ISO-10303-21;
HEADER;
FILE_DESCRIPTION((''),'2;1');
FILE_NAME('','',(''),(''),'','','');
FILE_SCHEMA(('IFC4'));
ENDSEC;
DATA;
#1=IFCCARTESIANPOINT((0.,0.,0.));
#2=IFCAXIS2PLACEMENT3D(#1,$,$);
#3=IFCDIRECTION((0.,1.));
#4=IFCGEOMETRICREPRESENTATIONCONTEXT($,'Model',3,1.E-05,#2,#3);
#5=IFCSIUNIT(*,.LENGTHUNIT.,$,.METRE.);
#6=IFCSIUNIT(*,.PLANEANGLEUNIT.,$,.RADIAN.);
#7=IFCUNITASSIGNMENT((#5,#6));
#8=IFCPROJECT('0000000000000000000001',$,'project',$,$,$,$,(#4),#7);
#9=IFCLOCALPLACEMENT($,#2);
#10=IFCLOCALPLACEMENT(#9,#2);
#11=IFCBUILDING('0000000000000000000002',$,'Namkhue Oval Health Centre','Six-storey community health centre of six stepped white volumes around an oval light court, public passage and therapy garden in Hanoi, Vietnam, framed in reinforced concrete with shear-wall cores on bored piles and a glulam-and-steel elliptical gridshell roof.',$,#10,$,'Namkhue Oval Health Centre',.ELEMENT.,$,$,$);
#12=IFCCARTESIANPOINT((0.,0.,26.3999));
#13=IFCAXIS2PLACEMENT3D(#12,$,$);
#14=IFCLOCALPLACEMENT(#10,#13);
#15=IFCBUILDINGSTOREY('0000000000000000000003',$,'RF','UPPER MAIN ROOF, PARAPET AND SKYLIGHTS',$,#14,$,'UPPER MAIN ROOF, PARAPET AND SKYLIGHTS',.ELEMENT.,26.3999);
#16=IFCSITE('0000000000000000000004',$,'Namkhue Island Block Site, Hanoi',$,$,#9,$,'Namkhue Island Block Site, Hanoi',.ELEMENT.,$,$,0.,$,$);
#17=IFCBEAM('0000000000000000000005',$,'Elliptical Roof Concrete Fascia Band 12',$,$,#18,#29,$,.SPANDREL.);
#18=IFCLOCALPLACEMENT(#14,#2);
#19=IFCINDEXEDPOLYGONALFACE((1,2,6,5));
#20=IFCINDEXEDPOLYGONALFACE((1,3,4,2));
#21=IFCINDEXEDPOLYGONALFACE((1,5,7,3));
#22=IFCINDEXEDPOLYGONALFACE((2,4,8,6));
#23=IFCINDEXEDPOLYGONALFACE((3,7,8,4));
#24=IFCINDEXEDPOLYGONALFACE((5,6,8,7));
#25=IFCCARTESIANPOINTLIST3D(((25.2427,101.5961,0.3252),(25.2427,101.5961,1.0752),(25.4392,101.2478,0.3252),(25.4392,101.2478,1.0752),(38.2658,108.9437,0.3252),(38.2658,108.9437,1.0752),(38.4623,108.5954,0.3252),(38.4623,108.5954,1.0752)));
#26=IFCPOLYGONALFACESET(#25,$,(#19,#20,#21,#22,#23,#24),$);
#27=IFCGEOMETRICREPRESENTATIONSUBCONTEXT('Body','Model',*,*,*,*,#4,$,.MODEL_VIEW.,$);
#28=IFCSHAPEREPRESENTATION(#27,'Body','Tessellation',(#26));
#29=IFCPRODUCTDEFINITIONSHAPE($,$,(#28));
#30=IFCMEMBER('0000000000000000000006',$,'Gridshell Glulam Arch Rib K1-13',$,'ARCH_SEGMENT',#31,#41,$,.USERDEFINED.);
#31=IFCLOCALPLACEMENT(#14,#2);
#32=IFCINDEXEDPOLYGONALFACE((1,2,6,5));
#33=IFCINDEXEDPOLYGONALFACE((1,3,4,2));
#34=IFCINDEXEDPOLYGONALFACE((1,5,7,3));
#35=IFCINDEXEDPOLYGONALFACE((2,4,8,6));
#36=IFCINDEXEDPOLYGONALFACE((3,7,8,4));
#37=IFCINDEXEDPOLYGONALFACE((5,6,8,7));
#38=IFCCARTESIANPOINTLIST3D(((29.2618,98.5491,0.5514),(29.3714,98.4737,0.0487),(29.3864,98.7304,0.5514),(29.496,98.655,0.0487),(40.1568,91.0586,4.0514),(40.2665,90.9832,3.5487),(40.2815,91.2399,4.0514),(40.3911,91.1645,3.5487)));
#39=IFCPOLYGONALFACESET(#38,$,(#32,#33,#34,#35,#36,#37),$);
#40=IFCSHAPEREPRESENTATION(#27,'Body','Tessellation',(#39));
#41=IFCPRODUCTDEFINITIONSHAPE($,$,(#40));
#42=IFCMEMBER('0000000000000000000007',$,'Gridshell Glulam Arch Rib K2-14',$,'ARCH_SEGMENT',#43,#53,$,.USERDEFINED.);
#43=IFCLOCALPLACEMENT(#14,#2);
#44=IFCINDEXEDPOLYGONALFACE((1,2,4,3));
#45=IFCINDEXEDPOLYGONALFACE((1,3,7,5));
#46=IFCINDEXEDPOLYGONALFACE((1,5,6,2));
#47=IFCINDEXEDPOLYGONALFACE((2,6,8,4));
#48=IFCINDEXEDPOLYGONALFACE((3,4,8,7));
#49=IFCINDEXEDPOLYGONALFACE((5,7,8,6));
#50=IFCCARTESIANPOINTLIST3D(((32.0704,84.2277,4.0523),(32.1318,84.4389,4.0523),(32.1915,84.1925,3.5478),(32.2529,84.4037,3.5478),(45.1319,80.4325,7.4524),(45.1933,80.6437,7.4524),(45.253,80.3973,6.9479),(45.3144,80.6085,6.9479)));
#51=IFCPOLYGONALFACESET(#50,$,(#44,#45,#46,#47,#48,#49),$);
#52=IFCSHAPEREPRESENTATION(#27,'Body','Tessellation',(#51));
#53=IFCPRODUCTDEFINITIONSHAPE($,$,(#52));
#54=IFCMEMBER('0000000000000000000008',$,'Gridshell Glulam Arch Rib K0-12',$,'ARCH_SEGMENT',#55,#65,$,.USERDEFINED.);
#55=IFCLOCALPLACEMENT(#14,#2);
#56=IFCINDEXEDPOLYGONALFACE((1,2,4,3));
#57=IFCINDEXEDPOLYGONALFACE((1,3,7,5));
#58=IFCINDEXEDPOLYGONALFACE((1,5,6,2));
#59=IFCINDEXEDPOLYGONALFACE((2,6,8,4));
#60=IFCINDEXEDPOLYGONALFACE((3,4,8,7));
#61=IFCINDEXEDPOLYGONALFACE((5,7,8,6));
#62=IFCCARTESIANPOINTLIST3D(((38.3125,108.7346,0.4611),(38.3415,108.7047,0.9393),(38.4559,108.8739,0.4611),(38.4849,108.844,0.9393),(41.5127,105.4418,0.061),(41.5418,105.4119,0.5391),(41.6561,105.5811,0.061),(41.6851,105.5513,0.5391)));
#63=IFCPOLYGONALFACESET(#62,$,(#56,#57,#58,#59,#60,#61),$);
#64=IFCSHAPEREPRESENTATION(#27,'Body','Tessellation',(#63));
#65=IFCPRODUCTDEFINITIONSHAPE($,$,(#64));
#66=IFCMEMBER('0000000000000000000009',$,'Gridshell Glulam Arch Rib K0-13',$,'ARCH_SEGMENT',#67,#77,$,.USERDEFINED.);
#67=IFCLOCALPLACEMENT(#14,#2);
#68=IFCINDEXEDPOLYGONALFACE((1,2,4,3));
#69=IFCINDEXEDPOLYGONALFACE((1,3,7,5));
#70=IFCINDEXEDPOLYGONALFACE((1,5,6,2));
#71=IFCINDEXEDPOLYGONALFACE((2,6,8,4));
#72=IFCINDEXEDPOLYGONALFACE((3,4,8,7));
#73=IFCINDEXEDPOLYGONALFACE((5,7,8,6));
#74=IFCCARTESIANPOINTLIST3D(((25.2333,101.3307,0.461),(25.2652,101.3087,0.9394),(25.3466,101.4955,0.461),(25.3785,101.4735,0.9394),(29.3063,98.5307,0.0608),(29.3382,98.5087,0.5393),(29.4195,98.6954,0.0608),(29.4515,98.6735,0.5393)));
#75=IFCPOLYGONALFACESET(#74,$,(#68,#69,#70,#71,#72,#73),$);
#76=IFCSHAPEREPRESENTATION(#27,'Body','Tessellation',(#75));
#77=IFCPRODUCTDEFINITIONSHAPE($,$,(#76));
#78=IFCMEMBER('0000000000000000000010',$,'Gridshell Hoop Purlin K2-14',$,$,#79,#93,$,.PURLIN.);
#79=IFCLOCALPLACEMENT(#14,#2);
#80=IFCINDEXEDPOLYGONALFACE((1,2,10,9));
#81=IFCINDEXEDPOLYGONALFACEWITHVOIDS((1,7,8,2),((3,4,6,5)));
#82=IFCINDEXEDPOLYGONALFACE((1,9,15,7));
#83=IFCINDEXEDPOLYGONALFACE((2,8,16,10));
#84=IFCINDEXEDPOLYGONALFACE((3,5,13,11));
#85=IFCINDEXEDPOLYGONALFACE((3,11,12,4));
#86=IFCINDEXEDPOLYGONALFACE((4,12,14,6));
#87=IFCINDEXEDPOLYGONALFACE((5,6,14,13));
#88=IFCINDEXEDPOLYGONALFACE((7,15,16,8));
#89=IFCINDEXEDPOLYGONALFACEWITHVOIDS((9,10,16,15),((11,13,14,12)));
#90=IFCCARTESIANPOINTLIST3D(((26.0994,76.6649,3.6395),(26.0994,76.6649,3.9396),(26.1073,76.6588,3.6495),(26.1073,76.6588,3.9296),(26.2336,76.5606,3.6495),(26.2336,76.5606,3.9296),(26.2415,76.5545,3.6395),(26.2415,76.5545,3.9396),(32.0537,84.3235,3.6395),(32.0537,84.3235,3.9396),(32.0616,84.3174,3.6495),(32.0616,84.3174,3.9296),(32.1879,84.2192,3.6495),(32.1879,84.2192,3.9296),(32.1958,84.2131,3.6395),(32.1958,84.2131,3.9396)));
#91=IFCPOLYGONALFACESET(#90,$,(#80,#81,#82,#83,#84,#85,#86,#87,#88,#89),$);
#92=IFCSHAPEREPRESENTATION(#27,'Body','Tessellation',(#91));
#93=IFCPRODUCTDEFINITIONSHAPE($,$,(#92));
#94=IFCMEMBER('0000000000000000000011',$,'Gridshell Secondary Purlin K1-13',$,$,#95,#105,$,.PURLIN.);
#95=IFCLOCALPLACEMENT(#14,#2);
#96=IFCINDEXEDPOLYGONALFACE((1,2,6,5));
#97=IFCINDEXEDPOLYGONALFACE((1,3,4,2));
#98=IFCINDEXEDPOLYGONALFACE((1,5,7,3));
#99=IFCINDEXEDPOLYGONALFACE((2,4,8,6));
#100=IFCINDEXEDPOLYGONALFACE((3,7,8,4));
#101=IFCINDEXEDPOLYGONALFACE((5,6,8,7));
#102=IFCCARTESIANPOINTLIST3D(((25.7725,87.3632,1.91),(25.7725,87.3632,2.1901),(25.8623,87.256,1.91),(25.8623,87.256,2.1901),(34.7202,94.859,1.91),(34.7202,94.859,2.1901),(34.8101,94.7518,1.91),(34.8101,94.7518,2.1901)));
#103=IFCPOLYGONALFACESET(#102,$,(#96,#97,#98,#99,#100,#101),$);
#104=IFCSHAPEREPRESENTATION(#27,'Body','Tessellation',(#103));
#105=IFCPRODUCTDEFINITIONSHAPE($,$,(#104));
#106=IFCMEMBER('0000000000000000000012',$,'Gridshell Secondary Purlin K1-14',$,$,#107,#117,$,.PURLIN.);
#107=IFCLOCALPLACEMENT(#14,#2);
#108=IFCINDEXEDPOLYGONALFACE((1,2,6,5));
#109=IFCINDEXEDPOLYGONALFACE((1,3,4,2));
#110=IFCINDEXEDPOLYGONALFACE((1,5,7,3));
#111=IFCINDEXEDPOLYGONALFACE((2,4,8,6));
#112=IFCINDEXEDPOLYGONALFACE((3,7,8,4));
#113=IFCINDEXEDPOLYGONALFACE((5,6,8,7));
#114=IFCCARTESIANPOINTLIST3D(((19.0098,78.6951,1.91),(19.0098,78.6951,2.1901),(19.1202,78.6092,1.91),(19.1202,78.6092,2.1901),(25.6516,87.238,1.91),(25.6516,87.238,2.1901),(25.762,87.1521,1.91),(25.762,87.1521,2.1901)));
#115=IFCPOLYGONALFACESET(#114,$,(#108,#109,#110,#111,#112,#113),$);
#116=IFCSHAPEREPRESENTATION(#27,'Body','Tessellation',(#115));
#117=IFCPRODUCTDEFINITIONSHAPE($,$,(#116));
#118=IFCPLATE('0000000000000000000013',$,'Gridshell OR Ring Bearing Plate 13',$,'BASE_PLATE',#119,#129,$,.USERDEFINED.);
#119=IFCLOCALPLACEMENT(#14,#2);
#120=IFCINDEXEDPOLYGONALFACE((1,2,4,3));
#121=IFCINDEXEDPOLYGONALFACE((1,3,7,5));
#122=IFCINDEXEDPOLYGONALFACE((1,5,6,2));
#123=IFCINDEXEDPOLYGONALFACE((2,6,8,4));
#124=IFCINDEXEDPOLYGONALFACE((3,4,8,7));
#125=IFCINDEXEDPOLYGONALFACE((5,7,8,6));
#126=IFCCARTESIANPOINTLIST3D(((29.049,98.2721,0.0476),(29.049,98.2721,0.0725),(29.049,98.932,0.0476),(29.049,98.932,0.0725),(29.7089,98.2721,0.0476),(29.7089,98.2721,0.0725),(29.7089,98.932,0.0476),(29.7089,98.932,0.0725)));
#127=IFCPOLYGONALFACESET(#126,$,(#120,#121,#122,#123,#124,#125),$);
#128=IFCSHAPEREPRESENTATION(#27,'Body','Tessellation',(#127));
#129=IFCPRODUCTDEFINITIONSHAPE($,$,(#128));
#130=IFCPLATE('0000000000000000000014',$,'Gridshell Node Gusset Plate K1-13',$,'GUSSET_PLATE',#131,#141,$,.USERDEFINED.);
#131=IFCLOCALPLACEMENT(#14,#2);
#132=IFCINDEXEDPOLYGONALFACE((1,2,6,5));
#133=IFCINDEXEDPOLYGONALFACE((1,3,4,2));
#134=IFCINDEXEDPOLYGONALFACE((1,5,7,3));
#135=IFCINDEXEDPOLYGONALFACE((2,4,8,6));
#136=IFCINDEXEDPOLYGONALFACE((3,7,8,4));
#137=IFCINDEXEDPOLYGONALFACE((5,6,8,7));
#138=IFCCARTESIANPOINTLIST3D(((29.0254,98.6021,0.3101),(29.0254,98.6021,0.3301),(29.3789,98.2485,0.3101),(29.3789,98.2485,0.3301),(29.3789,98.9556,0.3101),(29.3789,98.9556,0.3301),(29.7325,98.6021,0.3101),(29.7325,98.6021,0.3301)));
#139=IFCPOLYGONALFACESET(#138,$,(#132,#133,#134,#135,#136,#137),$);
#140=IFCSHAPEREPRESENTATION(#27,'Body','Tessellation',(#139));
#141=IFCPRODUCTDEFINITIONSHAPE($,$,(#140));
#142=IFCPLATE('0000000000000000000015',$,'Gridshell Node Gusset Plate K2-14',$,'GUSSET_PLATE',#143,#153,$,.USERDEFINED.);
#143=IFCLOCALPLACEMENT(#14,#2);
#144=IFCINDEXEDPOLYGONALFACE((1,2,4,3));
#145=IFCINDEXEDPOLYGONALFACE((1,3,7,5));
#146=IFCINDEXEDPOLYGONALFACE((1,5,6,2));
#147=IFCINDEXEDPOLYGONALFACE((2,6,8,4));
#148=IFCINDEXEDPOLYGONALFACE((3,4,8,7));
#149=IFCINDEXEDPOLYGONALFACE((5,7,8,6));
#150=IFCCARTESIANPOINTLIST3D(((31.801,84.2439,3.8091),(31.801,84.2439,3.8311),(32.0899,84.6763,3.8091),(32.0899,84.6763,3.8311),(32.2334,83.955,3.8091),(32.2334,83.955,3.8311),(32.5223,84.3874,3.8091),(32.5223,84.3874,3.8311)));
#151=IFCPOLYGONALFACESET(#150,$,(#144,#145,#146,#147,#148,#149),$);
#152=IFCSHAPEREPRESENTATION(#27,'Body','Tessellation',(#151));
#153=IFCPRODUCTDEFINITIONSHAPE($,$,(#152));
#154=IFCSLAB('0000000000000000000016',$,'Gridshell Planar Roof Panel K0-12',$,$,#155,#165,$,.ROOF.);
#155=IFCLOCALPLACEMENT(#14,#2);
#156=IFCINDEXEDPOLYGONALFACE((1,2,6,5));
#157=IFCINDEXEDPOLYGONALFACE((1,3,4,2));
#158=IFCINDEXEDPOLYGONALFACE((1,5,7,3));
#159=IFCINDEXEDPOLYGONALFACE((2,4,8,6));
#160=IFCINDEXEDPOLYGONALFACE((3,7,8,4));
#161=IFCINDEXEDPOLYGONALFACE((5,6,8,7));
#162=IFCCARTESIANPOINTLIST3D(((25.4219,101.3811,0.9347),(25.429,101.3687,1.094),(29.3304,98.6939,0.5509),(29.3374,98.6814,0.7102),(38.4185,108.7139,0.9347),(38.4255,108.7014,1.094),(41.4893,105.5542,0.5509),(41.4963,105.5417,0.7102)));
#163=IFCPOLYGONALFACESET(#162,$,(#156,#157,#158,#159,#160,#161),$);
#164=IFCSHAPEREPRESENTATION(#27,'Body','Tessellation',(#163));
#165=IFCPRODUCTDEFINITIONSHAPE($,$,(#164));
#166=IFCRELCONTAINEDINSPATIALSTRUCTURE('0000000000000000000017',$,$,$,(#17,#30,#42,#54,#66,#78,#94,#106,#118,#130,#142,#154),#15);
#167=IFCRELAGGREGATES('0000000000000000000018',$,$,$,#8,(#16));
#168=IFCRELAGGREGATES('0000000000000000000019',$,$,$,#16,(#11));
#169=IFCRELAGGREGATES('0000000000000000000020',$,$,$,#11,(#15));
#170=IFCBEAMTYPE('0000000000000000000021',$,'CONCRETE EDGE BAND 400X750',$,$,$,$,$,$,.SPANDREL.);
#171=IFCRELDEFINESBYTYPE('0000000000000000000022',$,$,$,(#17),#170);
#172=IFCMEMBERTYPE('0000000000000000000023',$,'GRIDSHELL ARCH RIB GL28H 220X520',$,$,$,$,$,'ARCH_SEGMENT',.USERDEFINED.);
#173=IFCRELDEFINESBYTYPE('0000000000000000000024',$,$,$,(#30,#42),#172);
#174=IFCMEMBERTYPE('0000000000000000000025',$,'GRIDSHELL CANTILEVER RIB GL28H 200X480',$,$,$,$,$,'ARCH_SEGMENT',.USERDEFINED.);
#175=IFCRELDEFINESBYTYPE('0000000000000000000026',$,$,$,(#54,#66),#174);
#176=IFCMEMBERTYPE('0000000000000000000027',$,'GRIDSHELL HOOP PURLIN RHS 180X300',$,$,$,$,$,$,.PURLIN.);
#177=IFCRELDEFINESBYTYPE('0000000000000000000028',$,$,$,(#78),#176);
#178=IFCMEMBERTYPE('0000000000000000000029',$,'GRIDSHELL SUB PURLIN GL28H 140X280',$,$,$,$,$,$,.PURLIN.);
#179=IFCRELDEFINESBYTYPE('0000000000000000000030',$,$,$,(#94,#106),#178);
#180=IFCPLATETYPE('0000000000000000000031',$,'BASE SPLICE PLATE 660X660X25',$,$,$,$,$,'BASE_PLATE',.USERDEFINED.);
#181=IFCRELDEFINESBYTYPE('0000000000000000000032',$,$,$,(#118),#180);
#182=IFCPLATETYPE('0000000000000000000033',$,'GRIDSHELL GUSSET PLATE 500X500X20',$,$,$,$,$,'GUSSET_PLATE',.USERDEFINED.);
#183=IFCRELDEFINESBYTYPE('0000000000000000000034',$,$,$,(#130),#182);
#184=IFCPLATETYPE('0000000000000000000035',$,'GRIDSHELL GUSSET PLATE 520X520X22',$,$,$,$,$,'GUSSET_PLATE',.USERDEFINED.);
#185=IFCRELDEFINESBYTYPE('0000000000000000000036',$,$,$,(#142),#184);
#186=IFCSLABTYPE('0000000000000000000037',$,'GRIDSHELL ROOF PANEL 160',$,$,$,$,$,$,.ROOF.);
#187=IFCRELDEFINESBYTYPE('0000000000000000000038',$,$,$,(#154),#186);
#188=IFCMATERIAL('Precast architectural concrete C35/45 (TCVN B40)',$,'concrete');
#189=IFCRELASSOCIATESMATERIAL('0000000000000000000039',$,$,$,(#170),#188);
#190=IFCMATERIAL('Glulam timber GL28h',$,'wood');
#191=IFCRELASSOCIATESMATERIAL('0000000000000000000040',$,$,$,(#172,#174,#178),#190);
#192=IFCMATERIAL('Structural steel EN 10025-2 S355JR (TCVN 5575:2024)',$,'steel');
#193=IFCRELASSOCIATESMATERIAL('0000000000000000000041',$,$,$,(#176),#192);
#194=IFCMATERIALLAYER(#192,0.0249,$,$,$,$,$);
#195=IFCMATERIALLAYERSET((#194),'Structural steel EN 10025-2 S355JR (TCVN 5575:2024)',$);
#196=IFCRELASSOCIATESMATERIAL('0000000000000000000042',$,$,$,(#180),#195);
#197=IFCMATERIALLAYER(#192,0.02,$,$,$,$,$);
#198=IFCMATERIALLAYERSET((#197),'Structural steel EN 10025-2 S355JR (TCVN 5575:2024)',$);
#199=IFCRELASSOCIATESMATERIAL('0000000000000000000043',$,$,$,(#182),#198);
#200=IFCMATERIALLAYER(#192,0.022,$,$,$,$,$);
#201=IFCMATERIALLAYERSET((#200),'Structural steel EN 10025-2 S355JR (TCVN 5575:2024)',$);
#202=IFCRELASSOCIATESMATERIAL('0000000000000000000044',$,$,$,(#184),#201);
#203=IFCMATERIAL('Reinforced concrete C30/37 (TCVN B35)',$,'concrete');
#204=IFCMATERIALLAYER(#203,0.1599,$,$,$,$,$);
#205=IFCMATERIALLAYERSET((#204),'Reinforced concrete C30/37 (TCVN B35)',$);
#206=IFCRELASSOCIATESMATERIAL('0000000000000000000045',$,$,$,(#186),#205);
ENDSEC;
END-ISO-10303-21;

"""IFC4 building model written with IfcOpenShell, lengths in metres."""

from ifc_helpers import new_model, si_unit, direction, frame, origin, origin_2d, place, context, subcontext, project, spatial, polyline, rectangle, hollow_rectangle, outline, extrude, material, layer, layer_set, material_profile, profile_set, type_object, element, save


model = new_model("IFC4")

# Units and contexts
model_context = context("Model", 3, precision=1e-05, world=origin(), true_north=direction((0.0, 1.0)))
body_context = subcontext(model_context, "Body", "Model", "MODEL_VIEW")
ifc_project = project(units=[si_unit("LENGTHUNIT", "METRE"), si_unit("PLANEANGLEUNIT", "RADIAN")], contexts=[model_context])

# Site, building, storey
site_placement = place(None, origin())
site = spatial("IfcSite", under=ifc_project, at=site_placement, Name="Namkhue Island Block Site, Hanoi", LongName="Namkhue Island Block Site, Hanoi", CompositionType="ELEMENT", RefElevation=0.0)
building_placement = place(site_placement, origin())
building = spatial("IfcBuilding", under=site, at=building_placement, Name="Namkhue Oval Health Centre", Description="Six-storey community health centre of six stepped white volumes around an oval light court, public passage and therapy garden in Hanoi, Vietnam, framed in reinforced concrete with shear-wall cores on bored piles and a glulam-and-steel elliptical gridshell roof.", LongName="Namkhue Oval Health Centre", CompositionType="ELEMENT")
storey_placement = place(building_placement, frame((0.0, 0.0, 26.3999)))
storey = spatial("IfcBuildingStorey", under=building, at=storey_placement, Name="RF", Description="UPPER MAIN ROOF, PARAPET AND SKYLIGHTS", LongName="UPPER MAIN ROOF, PARAPET AND SKYLIGHTS", CompositionType="ELEMENT", Elevation=26.3999)

# Beam
ifc_material_1 = material(Name="Precast architectural concrete C35/45 (TCVN B40)", Category="concrete")
ifc_material_profile_1 = material_profile(ifc_material_1, rectangle(XDim=0.3999, YDim=0.75, at=origin_2d()), Name="RC 400x750")
ifc_profile_set_1 = profile_set([ifc_material_profile_1], Name="Precast architectural concrete C35/45 (TCVN B40)")
beam_type = type_object("IfcBeamType", Name="CONCRETE EDGE BAND 400X750", PredefinedType="SPANDREL", material=ifc_profile_set_1)
beam_placement = place(storey_placement, frame((38.364, 108.7695, 0.7002), z_axis=(-0.870943, -0.491384, 0.0), x_axis=(0.491384, -0.870943, 0.0)))
element("IfcBeam", 1, at=beam_placement, inside=storey, type_object=beam_type, Name="Elliptical Roof Concrete Fascia Band 12", PredefinedType="SPANDREL", context=body_context, shape_type="SweptSolid", body=[
    extrude(rectangle(XDim=0.3999, YDim=0.75, at=origin_2d()), origin(), (0.0, 0.0, 1.0), 14.9529),
])

# Members
ifc_material_2 = material(Name="Glulam timber GL28h", Category="wood")
ifc_material_profile_2 = material_profile(ifc_material_2, rectangle(XDim=0.22, YDim=0.52, at=origin_2d()), Name="GL28h 220x520")
ifc_profile_set_2 = profile_set([ifc_material_profile_2], Name="Glulam timber GL28h")
member_type_1 = type_object("IfcMemberType", Name="GRIDSHELL ARCH RIB GL28H 220X520", ElementType="ARCH_SEGMENT", PredefinedType="USERDEFINED", material=ifc_profile_set_2)
member_1_placement = place(storey_placement, frame((29.3789, 98.6021, 0.3), z_axis=(0.796598, -0.547672, 0.255905), x_axis=(0.566537, 0.824037, 0.0)))
element("IfcMember", 2, at=member_1_placement, inside=storey, type_object=member_type_1, Name="Gridshell Glulam Arch Rib K1-13", ObjectType="ARCH_SEGMENT", PredefinedType="USERDEFINED", context=body_context, shape_type="SweptSolid", body=[
    extrude(rectangle(XDim=0.22, YDim=0.52, at=origin_2d()), origin(), (0.0, 0.0, 1.0), 13.677),
])
member_2_placement = place(storey_placement, frame((32.1616, 84.3157, 3.8), z_axis=(0.931618, -0.270692, 0.242517), x_axis=(0.279021, 0.960285, 0.0)))
element("IfcMember", 3, at=member_2_placement, inside=storey, type_object=member_type_1, Name="Gridshell Glulam Arch Rib K2-14", ObjectType="ARCH_SEGMENT", PredefinedType="USERDEFINED", context=body_context, shape_type="SweptSolid", body=[
    extrude(rectangle(XDim=0.22, YDim=0.52, at=origin_2d()), origin(), (0.0, 0.0, 1.0), 14.0203),
])
ifc_material_profile_3 = material_profile(ifc_material_2, rectangle(XDim=0.2, YDim=0.48, at=origin_2d()), Name="GL28h 200x480")
ifc_profile_set_3 = profile_set([ifc_material_profile_3], Name="Glulam timber GL28h")
member_type_2 = type_object("IfcMemberType", Name="GRIDSHELL CANTILEVER RIB GL28H 200X480", ElementType="ARCH_SEGMENT", PredefinedType="USERDEFINED", material=ifc_profile_set_3)
member_3_placement = place(storey_placement, frame((38.3987, 108.7893, 0.7002), z_axis=(0.694328, -0.714403, -0.086817), x_axis=(0.717111, 0.696959, 0.0)))
element("IfcMember", 4, at=member_3_placement, inside=storey, type_object=member_type_2, Name="Gridshell Glulam Arch Rib K0-12", ObjectType="ARCH_SEGMENT", PredefinedType="USERDEFINED", context=body_context, shape_type="SweptSolid", body=[
    extrude(rectangle(XDim=0.2, YDim=0.48, at=origin_2d()), origin(), (0.0, 0.0, 1.0), 4.6091),
])
member_4_placement = place(storey_placement, frame((25.3059, 101.4021, 0.7002), z_axis=(0.821368, -0.564663, -0.080694), x_axis=(0.56651, 0.824055, 0.0)))
element("IfcMember", 5, at=member_4_placement, inside=storey, type_object=member_type_2, Name="Gridshell Glulam Arch Rib K0-13", ObjectType="ARCH_SEGMENT", PredefinedType="USERDEFINED", context=body_context, shape_type="SweptSolid", body=[
    extrude(rectangle(XDim=0.2, YDim=0.48, at=origin_2d()), origin(), (0.0, 0.0, 1.0), 4.9587),
])
ifc_material_3 = material(Name="Structural steel EN 10025-2 S355JR (TCVN 5575:2024)", Category="steel")
ifc_material_profile_4 = material_profile(ifc_material_3, hollow_rectangle(XDim=0.1799, YDim=0.3, WallThickness=0.01, at=origin_2d()), Name="RHS 180x300x10")
ifc_profile_set_4 = profile_set([ifc_material_profile_4], Name="Structural steel EN 10025-2 S355JR (TCVN 5575:2024)")
member_type_3 = type_object("IfcMemberType", Name="GRIDSHELL HOOP PURLIN RHS 180X300", PredefinedType="PURLIN", material=ifc_profile_set_4)
member_5_placement = place(storey_placement, frame((32.1248, 84.2683, 3.7896), z_axis=(-0.613786, -0.789473, 0.0), x_axis=(0.789473, -0.613786, 0.0)))
element("IfcMember", 6, at=member_5_placement, inside=storey, type_object=member_type_3, Name="Gridshell Hoop Purlin K2-14", PredefinedType="PURLIN", context=body_context, shape_type="SweptSolid", body=[
    extrude(hollow_rectangle(XDim=0.1799, YDim=0.3, WallThickness=0.01, at=origin_2d()), origin(), (0.0, 0.0, 1.0), 9.7009),
])
ifc_material_profile_5 = material_profile(ifc_material_2, rectangle(XDim=0.1399, YDim=0.28, at=origin_2d()), Name="GL28h 140x280")
ifc_profile_set_5 = profile_set([ifc_material_profile_5], Name="Glulam timber GL28h")
member_type_4 = type_object("IfcMemberType", Name="GRIDSHELL SUB PURLIN GL28H 140X280", PredefinedType="PURLIN", material=ifc_profile_set_5)
member_6_placement = place(storey_placement, frame((34.7651, 94.8054, 2.05), z_axis=(-0.766559, -0.642174, 0.0), x_axis=(0.642174, -0.766559, 0.0)))
element("IfcMember", 7, at=member_6_placement, inside=storey, type_object=member_type_4, Name="Gridshell Secondary Purlin K1-13", PredefinedType="PURLIN", context=body_context, shape_type="SweptSolid", body=[
    extrude(rectangle(XDim=0.1399, YDim=0.28, at=origin_2d()), origin(), (0.0, 0.0, 1.0), 11.6726),
])
member_7_placement = place(storey_placement, frame((25.7068, 87.1951, 2.05), z_axis=(-0.613786, -0.789472, 0.0), x_axis=(0.789472, -0.613786, 0.0)))
element("IfcMember", 8, at=member_7_placement, inside=storey, type_object=member_type_4, Name="Gridshell Secondary Purlin K1-14", PredefinedType="PURLIN", context=body_context, shape_type="SweptSolid", body=[
    extrude(rectangle(XDim=0.1399, YDim=0.28, at=origin_2d()), origin(), (0.0, 0.0, 1.0), 10.821),
])

# Plates
ifc_layer_1 = layer(ifc_material_3, 0.0249)
ifc_layer_set_1 = layer_set([ifc_layer_1], Name="Structural steel EN 10025-2 S355JR (TCVN 5575:2024)")
plate_type_1 = type_object("IfcPlateType", Name="BASE SPLICE PLATE 660X660X25", ElementType="BASE_PLATE", PredefinedType="USERDEFINED", material=ifc_layer_set_1)
plate_1_placement = place(storey_placement, frame((29.3789, 98.6021, 0.0476), z_axis=(0.0, 0.0, 1.0), x_axis=(1.0, 0.0, 0.0)))
element("IfcPlate", 9, at=plate_1_placement, inside=storey, type_object=plate_type_1, Name="Gridshell OR Ring Bearing Plate 13", ObjectType="BASE_PLATE", PredefinedType="USERDEFINED", context=body_context, shape_type="SweptSolid", body=[
    extrude(rectangle(XDim=0.6599, YDim=0.6599, at=origin_2d()), origin(), (0.0, 0.0, 1.0), 0.0249),
])
ifc_layer_2 = layer(ifc_material_3, 0.02)
ifc_layer_set_2 = layer_set([ifc_layer_2], Name="Structural steel EN 10025-2 S355JR (TCVN 5575:2024)")
plate_type_2 = type_object("IfcPlateType", Name="GRIDSHELL GUSSET PLATE 500X500X20", ElementType="GUSSET_PLATE", PredefinedType="USERDEFINED", material=ifc_layer_set_2)
plate_2_placement = place(storey_placement, frame((29.3789, 98.6021, 0.3101), z_axis=(0.0, 0.0, 1.0), x_axis=(-0.707107, 0.707107, 0.0)))
element("IfcPlate", 10, at=plate_2_placement, inside=storey, type_object=plate_type_2, Name="Gridshell Node Gusset Plate K1-13", ObjectType="GUSSET_PLATE", PredefinedType="USERDEFINED", context=body_context, shape_type="SweptSolid", body=[
    extrude(rectangle(XDim=0.5, YDim=0.5, at=origin_2d()), origin(), (0.0, 0.0, 1.0), 0.02),
])
ifc_layer_3 = layer(ifc_material_3, 0.022)
ifc_layer_set_3 = layer_set([ifc_layer_3], Name="Structural steel EN 10025-2 S355JR (TCVN 5575:2024)")
plate_type_3 = type_object("IfcPlateType", Name="GRIDSHELL GUSSET PLATE 520X520X22", ElementType="GUSSET_PLATE", PredefinedType="USERDEFINED", material=ifc_layer_set_3)
plate_3_placement = place(storey_placement, frame((32.1616, 84.3157, 3.8091), z_axis=(0.0, 0.0, 1.0), x_axis=(-0.83147, 0.55557, 0.0)))
element("IfcPlate", 11, at=plate_3_placement, inside=storey, type_object=plate_type_3, Name="Gridshell Node Gusset Plate K2-14", ObjectType="GUSSET_PLATE", PredefinedType="USERDEFINED", context=body_context, shape_type="SweptSolid", body=[
    extrude(rectangle(XDim=0.52, YDim=0.52, at=origin_2d()), origin(), (0.0, 0.0, 1.0), 0.022),
])

# Slab
ifc_material_4 = material(Name="Reinforced concrete C30/37 (TCVN B35)", Category="concrete")
ifc_layer_4 = layer(ifc_material_4, 0.1599)
ifc_layer_set_4 = layer_set([ifc_layer_4], Name="Reinforced concrete C30/37 (TCVN B35)")
slab_type_1 = type_object("IfcSlabType", Name="GRIDSHELL ROOF PANEL 160", PredefinedType="ROOF", material=ifc_layer_set_4)
slab_1_placement = place(storey_placement, frame((38.4255, 108.7014, 1.094), z_axis=(0.044082, -0.07813, 0.995968), x_axis=(-0.870939, -0.49139, 0.000001)))
element("IfcSlab", 12, at=slab_1_placement, inside=storey, type_object=slab_type_1, Name="Gridshell Planar Roof Panel K0-12", PredefinedType="ROOF", context=body_context, shape_type="SweptSolid", body=[
    extrude(outline(polyline([(0.0, 0.0), (14.9225, 0.0), (12.839, 4.2783), (-1.1219, 4.2781), (0.0, 0.0)])), origin(), (0.0, 0.0, -1.0), 0.1599),
])

save(model, "model.ifc")
